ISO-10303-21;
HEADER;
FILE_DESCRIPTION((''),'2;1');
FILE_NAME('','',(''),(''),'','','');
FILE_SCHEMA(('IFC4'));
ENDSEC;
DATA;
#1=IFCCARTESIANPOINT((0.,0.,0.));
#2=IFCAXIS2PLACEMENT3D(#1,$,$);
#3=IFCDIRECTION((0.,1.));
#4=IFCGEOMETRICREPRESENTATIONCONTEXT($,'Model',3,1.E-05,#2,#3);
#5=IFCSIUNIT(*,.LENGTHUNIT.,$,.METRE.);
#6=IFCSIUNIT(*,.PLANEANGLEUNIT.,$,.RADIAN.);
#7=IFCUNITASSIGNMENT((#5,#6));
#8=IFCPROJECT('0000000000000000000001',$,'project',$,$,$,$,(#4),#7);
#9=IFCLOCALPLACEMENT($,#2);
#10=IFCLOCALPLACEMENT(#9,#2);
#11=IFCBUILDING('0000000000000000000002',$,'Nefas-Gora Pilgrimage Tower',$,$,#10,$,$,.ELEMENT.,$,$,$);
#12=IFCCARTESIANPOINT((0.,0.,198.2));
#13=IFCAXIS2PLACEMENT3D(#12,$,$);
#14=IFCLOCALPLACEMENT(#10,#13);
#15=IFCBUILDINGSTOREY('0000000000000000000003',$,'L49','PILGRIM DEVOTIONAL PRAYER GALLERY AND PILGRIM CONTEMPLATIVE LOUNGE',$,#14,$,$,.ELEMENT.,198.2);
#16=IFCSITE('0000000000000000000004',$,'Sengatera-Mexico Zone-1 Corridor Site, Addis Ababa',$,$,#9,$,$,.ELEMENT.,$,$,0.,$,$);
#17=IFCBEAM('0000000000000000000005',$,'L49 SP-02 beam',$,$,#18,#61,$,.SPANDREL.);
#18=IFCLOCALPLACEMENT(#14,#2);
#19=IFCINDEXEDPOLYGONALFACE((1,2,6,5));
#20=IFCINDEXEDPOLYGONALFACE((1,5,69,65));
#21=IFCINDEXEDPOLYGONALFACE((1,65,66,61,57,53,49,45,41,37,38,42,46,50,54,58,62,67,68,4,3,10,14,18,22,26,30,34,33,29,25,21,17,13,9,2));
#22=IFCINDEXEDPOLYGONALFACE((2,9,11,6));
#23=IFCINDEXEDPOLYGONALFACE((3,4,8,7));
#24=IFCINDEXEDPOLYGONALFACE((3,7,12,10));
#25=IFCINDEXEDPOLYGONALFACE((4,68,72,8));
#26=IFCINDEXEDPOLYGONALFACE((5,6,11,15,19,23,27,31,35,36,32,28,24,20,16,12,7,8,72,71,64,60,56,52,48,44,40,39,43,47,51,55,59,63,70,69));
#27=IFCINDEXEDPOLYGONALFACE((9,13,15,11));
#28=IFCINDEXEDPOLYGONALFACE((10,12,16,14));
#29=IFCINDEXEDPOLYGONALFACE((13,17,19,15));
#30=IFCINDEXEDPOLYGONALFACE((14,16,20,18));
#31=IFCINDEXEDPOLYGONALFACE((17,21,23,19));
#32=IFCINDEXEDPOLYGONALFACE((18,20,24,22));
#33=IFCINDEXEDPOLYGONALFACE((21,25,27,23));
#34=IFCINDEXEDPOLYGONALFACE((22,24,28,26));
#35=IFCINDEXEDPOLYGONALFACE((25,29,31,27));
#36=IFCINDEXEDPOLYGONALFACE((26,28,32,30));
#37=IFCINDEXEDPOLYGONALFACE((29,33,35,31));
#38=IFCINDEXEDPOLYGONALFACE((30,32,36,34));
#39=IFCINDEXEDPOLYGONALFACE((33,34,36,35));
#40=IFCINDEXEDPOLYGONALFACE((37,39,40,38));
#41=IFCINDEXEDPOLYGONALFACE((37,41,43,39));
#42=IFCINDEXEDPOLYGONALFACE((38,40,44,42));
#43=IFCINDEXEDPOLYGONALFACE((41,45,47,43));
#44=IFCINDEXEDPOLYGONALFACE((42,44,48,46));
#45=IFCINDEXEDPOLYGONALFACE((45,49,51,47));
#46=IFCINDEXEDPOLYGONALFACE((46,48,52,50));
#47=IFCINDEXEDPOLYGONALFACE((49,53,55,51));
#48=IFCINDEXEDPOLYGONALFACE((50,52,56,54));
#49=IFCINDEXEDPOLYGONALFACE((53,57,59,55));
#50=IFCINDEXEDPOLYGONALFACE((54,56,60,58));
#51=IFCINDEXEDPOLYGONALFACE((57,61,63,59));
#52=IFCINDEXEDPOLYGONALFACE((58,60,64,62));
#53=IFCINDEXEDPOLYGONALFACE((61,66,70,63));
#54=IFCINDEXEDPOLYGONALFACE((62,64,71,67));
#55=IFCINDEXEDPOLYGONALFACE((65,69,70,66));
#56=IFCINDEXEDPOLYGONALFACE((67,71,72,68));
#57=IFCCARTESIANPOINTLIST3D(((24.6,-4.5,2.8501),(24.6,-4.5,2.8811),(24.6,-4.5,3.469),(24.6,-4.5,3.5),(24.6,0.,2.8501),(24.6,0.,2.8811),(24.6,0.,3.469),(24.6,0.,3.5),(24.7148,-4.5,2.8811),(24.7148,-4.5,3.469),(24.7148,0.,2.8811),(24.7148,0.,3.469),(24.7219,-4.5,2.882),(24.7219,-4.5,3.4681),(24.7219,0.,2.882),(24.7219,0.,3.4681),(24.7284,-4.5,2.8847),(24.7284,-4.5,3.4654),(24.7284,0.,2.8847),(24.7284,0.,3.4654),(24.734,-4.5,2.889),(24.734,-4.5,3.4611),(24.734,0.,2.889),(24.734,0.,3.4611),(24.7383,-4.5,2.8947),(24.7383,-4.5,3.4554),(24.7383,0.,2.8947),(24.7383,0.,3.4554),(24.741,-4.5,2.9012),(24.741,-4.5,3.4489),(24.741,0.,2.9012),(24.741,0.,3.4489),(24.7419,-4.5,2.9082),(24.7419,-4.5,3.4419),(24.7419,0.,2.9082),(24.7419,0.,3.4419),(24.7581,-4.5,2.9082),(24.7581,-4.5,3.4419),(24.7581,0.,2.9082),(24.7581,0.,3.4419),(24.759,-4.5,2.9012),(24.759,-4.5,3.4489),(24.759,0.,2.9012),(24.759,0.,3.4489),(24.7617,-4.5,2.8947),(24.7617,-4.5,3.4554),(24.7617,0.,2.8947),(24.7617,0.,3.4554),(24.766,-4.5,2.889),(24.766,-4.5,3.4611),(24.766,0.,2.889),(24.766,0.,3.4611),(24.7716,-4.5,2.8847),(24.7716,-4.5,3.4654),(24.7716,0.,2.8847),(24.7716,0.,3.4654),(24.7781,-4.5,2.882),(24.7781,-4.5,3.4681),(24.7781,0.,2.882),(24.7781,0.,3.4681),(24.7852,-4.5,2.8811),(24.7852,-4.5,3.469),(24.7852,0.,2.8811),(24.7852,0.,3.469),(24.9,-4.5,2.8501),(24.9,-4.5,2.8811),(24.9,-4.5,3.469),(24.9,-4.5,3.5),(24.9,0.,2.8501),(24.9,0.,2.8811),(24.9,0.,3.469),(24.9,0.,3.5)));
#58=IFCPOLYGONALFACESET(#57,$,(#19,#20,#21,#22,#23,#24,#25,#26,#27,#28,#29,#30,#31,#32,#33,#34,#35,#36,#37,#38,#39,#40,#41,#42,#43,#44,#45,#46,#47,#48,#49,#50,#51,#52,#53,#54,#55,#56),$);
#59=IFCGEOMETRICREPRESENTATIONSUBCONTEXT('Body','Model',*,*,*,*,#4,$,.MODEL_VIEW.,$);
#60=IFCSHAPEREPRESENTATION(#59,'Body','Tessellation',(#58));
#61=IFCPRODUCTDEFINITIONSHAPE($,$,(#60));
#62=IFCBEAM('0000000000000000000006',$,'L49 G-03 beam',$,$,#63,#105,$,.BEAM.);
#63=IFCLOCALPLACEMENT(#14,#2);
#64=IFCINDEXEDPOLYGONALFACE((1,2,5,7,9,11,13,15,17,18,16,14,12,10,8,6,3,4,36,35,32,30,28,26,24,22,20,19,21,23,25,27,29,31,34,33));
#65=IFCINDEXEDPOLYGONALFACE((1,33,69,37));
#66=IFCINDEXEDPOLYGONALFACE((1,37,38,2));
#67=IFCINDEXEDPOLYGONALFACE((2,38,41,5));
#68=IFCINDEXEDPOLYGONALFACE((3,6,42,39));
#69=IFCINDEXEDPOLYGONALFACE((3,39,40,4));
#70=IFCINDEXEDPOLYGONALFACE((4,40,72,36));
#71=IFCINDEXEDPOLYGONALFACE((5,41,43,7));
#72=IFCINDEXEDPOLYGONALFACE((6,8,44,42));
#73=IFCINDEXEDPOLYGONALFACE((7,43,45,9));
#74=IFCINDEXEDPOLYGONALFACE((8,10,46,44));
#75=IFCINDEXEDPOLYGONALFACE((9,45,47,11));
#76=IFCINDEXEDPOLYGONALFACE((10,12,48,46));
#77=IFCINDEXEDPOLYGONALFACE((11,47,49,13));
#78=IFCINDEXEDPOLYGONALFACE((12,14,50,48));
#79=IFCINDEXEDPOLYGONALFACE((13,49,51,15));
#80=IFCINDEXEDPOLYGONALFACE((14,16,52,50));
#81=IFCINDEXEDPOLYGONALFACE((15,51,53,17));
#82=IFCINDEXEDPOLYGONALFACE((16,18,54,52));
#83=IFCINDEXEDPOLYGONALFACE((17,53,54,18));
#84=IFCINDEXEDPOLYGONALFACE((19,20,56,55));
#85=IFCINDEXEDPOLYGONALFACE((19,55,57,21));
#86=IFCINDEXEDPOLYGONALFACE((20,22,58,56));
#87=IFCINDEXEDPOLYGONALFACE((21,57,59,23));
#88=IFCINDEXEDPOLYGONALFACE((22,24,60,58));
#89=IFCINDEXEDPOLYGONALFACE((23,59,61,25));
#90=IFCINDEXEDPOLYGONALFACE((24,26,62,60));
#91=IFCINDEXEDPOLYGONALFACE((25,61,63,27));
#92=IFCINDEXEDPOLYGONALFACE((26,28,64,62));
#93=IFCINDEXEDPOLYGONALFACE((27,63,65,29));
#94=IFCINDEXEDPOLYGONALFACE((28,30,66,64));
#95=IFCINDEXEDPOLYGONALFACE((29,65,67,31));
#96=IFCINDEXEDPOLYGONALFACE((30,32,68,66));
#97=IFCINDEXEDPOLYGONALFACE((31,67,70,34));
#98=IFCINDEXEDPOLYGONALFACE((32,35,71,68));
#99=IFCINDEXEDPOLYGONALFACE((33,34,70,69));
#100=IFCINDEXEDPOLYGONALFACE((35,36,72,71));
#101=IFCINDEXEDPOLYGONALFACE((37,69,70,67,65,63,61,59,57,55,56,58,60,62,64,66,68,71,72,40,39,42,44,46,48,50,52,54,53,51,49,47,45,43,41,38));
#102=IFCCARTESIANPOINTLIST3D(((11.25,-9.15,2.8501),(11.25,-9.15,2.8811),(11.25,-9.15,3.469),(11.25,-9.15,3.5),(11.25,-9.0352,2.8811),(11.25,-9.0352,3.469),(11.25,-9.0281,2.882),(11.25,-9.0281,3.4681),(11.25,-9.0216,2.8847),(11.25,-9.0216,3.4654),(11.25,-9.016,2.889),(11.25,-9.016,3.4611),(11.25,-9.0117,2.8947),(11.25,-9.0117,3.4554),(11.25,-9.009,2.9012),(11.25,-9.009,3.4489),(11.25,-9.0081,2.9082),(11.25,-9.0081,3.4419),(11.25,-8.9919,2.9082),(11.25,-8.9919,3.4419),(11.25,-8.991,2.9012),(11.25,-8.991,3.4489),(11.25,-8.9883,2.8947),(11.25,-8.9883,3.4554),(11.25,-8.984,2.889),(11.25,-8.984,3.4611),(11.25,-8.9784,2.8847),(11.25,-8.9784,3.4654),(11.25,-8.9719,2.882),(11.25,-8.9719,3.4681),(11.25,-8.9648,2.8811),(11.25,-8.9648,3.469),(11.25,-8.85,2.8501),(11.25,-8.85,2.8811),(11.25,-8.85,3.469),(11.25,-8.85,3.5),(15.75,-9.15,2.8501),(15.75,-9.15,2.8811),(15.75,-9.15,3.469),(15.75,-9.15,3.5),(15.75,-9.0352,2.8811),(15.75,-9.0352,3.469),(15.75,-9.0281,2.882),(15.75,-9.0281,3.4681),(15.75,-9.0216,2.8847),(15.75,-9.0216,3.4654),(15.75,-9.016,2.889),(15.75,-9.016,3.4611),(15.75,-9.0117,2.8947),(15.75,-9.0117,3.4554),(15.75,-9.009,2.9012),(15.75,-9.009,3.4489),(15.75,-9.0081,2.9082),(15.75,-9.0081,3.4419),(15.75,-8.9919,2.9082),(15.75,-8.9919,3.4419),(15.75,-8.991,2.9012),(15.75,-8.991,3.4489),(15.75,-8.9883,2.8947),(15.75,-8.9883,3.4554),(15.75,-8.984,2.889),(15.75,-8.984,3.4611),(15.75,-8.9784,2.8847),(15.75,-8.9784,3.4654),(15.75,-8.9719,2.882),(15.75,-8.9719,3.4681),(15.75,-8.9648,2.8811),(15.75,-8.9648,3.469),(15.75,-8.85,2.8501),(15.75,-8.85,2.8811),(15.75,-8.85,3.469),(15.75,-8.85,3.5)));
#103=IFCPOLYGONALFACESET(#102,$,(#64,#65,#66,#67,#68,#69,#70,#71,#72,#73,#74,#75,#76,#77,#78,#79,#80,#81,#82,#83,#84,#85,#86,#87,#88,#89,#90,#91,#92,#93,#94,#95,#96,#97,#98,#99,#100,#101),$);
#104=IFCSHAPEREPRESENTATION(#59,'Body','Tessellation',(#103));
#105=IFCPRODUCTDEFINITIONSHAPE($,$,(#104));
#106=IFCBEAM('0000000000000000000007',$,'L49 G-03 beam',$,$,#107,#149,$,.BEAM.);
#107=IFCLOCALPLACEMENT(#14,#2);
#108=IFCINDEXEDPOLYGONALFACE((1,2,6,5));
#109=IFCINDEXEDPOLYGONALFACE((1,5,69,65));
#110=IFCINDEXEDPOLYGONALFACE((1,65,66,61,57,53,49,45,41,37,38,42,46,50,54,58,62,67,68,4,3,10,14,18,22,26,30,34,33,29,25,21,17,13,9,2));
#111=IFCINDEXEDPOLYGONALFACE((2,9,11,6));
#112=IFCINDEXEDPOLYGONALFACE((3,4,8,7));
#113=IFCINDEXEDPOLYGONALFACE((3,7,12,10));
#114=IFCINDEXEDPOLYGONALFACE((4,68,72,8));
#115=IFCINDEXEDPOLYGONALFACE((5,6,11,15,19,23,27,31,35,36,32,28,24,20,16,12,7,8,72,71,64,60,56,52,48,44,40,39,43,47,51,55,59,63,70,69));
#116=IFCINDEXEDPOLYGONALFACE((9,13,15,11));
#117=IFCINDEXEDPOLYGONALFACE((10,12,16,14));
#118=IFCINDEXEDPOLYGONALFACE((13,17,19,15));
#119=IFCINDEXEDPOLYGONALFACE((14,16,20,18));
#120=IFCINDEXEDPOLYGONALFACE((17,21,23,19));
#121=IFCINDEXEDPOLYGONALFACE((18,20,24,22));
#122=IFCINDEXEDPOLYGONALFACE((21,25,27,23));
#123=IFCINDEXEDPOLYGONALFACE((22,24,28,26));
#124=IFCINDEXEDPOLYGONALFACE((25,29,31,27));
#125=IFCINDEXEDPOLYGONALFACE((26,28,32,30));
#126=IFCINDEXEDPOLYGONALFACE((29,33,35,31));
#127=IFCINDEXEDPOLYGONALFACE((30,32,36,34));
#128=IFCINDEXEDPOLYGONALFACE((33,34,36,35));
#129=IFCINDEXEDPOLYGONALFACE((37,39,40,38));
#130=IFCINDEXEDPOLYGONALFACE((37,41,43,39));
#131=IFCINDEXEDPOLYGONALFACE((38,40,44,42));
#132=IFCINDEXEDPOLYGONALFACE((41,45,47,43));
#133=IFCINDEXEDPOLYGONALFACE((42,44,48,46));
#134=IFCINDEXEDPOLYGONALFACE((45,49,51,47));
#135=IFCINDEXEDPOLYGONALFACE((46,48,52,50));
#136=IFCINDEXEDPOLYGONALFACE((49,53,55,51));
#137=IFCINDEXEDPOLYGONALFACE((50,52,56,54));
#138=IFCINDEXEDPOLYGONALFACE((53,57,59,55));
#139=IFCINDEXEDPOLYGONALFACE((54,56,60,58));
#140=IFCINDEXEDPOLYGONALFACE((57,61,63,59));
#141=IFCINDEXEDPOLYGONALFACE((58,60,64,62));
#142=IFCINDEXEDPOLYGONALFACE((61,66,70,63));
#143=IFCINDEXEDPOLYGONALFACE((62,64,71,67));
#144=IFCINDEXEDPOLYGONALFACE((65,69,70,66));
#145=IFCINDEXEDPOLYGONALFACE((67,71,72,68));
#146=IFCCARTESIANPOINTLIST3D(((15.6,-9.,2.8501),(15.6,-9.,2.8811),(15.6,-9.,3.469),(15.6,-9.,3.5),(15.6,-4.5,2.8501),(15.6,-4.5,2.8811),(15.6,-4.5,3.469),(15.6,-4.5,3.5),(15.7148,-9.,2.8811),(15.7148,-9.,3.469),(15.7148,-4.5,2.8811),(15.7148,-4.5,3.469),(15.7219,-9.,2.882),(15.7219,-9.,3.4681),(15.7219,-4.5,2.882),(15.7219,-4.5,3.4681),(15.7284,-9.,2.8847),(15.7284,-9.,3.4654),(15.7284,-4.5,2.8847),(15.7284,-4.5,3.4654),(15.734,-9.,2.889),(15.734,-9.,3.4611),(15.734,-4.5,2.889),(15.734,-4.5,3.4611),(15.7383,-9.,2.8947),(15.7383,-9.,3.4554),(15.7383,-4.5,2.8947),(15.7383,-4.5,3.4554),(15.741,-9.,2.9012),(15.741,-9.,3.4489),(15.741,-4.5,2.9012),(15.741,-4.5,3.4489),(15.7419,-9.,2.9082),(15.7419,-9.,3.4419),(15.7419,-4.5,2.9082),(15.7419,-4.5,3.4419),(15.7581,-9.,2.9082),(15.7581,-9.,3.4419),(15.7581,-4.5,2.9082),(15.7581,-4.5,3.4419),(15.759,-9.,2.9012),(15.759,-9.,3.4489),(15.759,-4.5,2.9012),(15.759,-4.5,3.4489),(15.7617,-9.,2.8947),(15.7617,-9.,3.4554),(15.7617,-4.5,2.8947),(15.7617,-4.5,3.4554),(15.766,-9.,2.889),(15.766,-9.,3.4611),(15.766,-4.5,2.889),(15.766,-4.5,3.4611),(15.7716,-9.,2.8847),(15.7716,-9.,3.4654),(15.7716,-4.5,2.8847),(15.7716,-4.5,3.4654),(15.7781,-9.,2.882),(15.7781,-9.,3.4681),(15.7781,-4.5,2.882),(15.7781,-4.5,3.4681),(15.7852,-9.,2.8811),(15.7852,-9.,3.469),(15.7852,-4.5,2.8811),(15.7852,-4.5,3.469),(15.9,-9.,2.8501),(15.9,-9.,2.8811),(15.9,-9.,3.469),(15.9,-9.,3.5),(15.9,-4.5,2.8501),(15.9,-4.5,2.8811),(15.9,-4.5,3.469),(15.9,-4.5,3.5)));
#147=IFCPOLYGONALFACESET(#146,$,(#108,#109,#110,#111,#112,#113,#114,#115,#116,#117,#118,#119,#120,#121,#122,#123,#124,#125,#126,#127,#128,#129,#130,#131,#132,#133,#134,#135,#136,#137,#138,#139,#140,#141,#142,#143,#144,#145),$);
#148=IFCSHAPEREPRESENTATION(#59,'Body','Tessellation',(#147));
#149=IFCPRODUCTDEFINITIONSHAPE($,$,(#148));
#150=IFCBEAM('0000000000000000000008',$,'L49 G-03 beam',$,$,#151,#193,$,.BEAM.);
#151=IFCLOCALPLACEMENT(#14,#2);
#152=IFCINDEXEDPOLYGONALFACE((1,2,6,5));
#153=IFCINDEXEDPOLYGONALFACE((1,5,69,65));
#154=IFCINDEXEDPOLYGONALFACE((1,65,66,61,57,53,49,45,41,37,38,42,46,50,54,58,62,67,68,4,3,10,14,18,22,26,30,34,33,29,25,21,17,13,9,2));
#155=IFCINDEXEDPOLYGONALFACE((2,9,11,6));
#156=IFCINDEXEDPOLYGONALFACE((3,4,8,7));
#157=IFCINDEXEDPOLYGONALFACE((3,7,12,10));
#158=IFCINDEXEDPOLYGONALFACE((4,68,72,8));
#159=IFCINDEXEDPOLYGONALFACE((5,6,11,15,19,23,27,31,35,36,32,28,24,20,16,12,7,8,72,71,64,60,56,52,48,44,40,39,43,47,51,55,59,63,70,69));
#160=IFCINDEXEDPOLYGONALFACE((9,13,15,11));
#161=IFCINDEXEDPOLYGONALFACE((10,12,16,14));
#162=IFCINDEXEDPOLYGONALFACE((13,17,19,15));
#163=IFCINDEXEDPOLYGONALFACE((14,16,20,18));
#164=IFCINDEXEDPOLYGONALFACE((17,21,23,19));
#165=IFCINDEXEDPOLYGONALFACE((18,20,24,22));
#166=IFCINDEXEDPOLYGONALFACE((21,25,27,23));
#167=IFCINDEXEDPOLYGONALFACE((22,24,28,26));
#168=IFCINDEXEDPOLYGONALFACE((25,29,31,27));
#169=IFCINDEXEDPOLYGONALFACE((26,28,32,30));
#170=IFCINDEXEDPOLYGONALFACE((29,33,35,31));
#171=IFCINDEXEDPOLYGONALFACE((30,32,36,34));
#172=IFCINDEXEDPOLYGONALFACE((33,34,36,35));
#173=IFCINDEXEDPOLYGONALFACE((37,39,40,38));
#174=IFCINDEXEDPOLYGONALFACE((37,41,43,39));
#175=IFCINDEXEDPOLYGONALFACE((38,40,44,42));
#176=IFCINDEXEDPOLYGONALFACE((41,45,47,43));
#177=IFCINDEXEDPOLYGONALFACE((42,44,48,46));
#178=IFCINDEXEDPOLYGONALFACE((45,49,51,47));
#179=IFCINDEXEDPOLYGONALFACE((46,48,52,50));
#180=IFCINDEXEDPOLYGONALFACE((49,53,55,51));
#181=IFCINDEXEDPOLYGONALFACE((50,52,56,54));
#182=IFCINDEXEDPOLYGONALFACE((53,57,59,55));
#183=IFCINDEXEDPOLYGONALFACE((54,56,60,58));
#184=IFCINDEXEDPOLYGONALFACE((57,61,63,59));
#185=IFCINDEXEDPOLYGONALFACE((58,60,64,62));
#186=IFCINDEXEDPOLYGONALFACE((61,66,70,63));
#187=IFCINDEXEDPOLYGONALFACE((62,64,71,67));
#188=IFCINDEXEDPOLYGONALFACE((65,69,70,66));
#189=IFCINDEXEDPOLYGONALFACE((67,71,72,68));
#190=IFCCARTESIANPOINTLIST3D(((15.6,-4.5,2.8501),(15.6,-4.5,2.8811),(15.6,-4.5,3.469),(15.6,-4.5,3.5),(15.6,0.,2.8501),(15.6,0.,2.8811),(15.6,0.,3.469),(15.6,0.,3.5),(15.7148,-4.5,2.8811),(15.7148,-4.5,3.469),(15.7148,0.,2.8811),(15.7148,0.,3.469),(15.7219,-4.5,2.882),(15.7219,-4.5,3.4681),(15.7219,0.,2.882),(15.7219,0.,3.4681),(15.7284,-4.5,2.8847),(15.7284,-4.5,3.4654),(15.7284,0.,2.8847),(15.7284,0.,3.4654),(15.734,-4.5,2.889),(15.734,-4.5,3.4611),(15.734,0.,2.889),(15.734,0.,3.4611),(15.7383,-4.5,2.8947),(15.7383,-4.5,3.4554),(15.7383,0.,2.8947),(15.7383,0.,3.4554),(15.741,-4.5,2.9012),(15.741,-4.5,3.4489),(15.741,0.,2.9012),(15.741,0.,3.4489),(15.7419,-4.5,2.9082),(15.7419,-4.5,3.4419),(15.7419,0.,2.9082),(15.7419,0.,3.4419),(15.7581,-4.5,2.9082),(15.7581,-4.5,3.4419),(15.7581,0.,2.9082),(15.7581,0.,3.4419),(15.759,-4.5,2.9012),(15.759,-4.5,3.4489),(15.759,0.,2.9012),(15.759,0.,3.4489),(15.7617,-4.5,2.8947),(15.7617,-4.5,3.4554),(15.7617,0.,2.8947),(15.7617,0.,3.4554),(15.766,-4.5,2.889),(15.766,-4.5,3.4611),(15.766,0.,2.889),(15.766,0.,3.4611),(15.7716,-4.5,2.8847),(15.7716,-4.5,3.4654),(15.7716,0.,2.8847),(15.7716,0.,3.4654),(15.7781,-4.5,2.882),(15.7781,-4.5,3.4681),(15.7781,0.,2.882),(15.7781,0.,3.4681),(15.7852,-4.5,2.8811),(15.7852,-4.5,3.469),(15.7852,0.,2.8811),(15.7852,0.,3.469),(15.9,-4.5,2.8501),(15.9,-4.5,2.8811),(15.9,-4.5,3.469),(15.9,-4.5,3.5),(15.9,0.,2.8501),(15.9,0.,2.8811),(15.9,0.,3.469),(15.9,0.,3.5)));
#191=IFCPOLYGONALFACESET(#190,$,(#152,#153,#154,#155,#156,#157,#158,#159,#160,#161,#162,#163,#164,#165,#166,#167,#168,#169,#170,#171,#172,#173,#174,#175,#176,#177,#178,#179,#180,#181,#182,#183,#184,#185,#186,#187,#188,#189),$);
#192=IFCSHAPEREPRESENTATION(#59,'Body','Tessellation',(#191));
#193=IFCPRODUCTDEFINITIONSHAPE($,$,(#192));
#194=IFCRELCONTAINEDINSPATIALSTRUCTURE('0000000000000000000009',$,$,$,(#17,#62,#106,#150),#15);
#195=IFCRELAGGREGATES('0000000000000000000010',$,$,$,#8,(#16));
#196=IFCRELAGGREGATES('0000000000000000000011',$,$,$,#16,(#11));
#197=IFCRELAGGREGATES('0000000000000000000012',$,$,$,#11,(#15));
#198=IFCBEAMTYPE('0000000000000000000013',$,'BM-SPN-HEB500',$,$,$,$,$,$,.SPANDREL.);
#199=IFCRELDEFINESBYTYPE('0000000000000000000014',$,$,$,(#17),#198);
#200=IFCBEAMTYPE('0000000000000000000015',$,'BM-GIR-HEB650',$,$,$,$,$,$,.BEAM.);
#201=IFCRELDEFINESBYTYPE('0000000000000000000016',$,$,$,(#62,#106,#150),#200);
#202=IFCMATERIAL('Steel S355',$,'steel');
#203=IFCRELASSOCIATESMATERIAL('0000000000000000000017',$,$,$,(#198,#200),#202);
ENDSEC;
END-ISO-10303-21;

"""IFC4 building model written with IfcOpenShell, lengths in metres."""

from ifc_helpers import new_model, si_unit, direction, frame, origin, origin_2d, place, context, subcontext, project, spatial, i_section, extrude, source, transform, mapped, material, material_profile, profile_set, type_object, element, save


model = new_model("IFC4")

# Units and contexts
model_context = context("Model", 3, precision=1e-05, world=origin(), true_north=direction((0.0, 1.0)))
body_context = subcontext(model_context, "Body", "Model", "MODEL_VIEW")
ifc_project = project(units=[si_unit("LENGTHUNIT", "METRE"), si_unit("PLANEANGLEUNIT", "RADIAN")], contexts=[model_context])

# Site, building, storey
site_placement = place(None, origin())
site = spatial("IfcSite", under=ifc_project, at=site_placement, Name="Sengatera-Mexico Zone-1 Corridor Site, Addis Ababa", CompositionType="ELEMENT", RefElevation=0.0)
building_placement = place(site_placement, origin())
building = spatial("IfcBuilding", under=site, at=building_placement, Name="Nefas-Gora Pilgrimage Tower", CompositionType="ELEMENT")
storey_placement = place(building_placement, frame((0.0, 0.0, 198.2)))
storey = spatial("IfcBuildingStorey", under=building, at=storey_placement, Name="L49", Description="PILGRIM DEVOTIONAL PRAYER GALLERY AND PILGRIM CONTEMPLATIVE LOUNGE", CompositionType="ELEMENT", Elevation=198.2)

# Beams
ifc_material_1 = material(Name="Steel S355", Category="steel")
ifc_material_profile_1 = material_profile(ifc_material_1, i_section(OverallWidth=0.3, OverallDepth=0.6499, WebThickness=0.0161, FlangeThickness=0.031, FilletRadius=0.0271, at=origin_2d()), Name="HEB 650")
ifc_profile_set_1 = profile_set([ifc_material_profile_1], Name="Steel S355")
beam_type_1 = type_object("IfcBeamType", Name="BM-SPN-HEB500", PredefinedType="SPANDREL", material=ifc_profile_set_1)
shared_shape_1 = source(origin(), body_context, "Body", "SweptSolid", [
    extrude(i_section(OverallWidth=0.3, OverallDepth=0.6499, WebThickness=0.0161, FlangeThickness=0.031, FilletRadius=0.0271, at=origin_2d()), origin(), (0.0, 0.0, 1.0), 4.5),
])
for number, where, z_axis, x_axis, name in (
    (1, (24.75, -4.5, 3.175), (0.0, 1.0, 0.0), (-1.0, 0.0, 0.0), "L49 SP-02 beam"),
):
    element("IfcBeam", number, at=place(storey_placement, frame(where, z_axis=z_axis, x_axis=x_axis)), inside=storey, type_object=beam_type_1, Name=name, PredefinedType="SPANDREL", context=body_context, shape_type="MappedRepresentation", body=[
        mapped(shared_shape_1, transform((0.0, 0.0, 0.0), x_axis=(1.0, 0.0, 0.0), y_axis=(0.0, 1.0, 0.0), z_axis=(0.0, 0.0, 1.0), scale=1.0)),
    ])
ifc_material_profile_2 = material_profile(ifc_material_1, i_section(OverallWidth=0.3, OverallDepth=0.6499, WebThickness=0.0161, FlangeThickness=0.031, FilletRadius=0.0271, at=origin_2d()), Name="HEB 650")
ifc_profile_set_2 = profile_set([ifc_material_profile_2], Name="Steel S355")
beam_type_2 = type_object("IfcBeamType", Name="BM-GIR-HEB650", PredefinedType="BEAM", material=ifc_profile_set_2)
shared_shape_2 = source(origin(), body_context, "Body", "SweptSolid", [
    extrude(i_section(OverallWidth=0.3, OverallDepth=0.6499, WebThickness=0.0161, FlangeThickness=0.031, FilletRadius=0.0271, at=origin_2d()), origin(), (0.0, 0.0, 1.0), 4.5),
])
for number, where, z_axis, x_axis, name in (
    (2, (11.25, -9.0, 3.175), (1.0, 0.0, 0.0), (0.0, 1.0, 0.0), "L49 G-03 beam"),
    (3, (15.75, -9.0, 3.175), (0.0, 1.0, 0.0), (-1.0, 0.0, 0.0), "L49 G-03 beam"),
    (4, (15.75, -4.5, 3.175), (0.0, 1.0, 0.0), (-1.0, 0.0, 0.0), "L49 G-03 beam"),
):
    element("IfcBeam", number, at=place(storey_placement, frame(where, z_axis=z_axis, x_axis=x_axis)), inside=storey, type_object=beam_type_2, Name=name, PredefinedType="BEAM", context=body_context, shape_type="MappedRepresentation", body=[
        mapped(shared_shape_2, transform((0.0, 0.0, 0.0), x_axis=(1.0, 0.0, 0.0), y_axis=(0.0, 1.0, 0.0), z_axis=(0.0, 0.0, 1.0), scale=1.0)),
    ])

save(model, "model.ifc")
